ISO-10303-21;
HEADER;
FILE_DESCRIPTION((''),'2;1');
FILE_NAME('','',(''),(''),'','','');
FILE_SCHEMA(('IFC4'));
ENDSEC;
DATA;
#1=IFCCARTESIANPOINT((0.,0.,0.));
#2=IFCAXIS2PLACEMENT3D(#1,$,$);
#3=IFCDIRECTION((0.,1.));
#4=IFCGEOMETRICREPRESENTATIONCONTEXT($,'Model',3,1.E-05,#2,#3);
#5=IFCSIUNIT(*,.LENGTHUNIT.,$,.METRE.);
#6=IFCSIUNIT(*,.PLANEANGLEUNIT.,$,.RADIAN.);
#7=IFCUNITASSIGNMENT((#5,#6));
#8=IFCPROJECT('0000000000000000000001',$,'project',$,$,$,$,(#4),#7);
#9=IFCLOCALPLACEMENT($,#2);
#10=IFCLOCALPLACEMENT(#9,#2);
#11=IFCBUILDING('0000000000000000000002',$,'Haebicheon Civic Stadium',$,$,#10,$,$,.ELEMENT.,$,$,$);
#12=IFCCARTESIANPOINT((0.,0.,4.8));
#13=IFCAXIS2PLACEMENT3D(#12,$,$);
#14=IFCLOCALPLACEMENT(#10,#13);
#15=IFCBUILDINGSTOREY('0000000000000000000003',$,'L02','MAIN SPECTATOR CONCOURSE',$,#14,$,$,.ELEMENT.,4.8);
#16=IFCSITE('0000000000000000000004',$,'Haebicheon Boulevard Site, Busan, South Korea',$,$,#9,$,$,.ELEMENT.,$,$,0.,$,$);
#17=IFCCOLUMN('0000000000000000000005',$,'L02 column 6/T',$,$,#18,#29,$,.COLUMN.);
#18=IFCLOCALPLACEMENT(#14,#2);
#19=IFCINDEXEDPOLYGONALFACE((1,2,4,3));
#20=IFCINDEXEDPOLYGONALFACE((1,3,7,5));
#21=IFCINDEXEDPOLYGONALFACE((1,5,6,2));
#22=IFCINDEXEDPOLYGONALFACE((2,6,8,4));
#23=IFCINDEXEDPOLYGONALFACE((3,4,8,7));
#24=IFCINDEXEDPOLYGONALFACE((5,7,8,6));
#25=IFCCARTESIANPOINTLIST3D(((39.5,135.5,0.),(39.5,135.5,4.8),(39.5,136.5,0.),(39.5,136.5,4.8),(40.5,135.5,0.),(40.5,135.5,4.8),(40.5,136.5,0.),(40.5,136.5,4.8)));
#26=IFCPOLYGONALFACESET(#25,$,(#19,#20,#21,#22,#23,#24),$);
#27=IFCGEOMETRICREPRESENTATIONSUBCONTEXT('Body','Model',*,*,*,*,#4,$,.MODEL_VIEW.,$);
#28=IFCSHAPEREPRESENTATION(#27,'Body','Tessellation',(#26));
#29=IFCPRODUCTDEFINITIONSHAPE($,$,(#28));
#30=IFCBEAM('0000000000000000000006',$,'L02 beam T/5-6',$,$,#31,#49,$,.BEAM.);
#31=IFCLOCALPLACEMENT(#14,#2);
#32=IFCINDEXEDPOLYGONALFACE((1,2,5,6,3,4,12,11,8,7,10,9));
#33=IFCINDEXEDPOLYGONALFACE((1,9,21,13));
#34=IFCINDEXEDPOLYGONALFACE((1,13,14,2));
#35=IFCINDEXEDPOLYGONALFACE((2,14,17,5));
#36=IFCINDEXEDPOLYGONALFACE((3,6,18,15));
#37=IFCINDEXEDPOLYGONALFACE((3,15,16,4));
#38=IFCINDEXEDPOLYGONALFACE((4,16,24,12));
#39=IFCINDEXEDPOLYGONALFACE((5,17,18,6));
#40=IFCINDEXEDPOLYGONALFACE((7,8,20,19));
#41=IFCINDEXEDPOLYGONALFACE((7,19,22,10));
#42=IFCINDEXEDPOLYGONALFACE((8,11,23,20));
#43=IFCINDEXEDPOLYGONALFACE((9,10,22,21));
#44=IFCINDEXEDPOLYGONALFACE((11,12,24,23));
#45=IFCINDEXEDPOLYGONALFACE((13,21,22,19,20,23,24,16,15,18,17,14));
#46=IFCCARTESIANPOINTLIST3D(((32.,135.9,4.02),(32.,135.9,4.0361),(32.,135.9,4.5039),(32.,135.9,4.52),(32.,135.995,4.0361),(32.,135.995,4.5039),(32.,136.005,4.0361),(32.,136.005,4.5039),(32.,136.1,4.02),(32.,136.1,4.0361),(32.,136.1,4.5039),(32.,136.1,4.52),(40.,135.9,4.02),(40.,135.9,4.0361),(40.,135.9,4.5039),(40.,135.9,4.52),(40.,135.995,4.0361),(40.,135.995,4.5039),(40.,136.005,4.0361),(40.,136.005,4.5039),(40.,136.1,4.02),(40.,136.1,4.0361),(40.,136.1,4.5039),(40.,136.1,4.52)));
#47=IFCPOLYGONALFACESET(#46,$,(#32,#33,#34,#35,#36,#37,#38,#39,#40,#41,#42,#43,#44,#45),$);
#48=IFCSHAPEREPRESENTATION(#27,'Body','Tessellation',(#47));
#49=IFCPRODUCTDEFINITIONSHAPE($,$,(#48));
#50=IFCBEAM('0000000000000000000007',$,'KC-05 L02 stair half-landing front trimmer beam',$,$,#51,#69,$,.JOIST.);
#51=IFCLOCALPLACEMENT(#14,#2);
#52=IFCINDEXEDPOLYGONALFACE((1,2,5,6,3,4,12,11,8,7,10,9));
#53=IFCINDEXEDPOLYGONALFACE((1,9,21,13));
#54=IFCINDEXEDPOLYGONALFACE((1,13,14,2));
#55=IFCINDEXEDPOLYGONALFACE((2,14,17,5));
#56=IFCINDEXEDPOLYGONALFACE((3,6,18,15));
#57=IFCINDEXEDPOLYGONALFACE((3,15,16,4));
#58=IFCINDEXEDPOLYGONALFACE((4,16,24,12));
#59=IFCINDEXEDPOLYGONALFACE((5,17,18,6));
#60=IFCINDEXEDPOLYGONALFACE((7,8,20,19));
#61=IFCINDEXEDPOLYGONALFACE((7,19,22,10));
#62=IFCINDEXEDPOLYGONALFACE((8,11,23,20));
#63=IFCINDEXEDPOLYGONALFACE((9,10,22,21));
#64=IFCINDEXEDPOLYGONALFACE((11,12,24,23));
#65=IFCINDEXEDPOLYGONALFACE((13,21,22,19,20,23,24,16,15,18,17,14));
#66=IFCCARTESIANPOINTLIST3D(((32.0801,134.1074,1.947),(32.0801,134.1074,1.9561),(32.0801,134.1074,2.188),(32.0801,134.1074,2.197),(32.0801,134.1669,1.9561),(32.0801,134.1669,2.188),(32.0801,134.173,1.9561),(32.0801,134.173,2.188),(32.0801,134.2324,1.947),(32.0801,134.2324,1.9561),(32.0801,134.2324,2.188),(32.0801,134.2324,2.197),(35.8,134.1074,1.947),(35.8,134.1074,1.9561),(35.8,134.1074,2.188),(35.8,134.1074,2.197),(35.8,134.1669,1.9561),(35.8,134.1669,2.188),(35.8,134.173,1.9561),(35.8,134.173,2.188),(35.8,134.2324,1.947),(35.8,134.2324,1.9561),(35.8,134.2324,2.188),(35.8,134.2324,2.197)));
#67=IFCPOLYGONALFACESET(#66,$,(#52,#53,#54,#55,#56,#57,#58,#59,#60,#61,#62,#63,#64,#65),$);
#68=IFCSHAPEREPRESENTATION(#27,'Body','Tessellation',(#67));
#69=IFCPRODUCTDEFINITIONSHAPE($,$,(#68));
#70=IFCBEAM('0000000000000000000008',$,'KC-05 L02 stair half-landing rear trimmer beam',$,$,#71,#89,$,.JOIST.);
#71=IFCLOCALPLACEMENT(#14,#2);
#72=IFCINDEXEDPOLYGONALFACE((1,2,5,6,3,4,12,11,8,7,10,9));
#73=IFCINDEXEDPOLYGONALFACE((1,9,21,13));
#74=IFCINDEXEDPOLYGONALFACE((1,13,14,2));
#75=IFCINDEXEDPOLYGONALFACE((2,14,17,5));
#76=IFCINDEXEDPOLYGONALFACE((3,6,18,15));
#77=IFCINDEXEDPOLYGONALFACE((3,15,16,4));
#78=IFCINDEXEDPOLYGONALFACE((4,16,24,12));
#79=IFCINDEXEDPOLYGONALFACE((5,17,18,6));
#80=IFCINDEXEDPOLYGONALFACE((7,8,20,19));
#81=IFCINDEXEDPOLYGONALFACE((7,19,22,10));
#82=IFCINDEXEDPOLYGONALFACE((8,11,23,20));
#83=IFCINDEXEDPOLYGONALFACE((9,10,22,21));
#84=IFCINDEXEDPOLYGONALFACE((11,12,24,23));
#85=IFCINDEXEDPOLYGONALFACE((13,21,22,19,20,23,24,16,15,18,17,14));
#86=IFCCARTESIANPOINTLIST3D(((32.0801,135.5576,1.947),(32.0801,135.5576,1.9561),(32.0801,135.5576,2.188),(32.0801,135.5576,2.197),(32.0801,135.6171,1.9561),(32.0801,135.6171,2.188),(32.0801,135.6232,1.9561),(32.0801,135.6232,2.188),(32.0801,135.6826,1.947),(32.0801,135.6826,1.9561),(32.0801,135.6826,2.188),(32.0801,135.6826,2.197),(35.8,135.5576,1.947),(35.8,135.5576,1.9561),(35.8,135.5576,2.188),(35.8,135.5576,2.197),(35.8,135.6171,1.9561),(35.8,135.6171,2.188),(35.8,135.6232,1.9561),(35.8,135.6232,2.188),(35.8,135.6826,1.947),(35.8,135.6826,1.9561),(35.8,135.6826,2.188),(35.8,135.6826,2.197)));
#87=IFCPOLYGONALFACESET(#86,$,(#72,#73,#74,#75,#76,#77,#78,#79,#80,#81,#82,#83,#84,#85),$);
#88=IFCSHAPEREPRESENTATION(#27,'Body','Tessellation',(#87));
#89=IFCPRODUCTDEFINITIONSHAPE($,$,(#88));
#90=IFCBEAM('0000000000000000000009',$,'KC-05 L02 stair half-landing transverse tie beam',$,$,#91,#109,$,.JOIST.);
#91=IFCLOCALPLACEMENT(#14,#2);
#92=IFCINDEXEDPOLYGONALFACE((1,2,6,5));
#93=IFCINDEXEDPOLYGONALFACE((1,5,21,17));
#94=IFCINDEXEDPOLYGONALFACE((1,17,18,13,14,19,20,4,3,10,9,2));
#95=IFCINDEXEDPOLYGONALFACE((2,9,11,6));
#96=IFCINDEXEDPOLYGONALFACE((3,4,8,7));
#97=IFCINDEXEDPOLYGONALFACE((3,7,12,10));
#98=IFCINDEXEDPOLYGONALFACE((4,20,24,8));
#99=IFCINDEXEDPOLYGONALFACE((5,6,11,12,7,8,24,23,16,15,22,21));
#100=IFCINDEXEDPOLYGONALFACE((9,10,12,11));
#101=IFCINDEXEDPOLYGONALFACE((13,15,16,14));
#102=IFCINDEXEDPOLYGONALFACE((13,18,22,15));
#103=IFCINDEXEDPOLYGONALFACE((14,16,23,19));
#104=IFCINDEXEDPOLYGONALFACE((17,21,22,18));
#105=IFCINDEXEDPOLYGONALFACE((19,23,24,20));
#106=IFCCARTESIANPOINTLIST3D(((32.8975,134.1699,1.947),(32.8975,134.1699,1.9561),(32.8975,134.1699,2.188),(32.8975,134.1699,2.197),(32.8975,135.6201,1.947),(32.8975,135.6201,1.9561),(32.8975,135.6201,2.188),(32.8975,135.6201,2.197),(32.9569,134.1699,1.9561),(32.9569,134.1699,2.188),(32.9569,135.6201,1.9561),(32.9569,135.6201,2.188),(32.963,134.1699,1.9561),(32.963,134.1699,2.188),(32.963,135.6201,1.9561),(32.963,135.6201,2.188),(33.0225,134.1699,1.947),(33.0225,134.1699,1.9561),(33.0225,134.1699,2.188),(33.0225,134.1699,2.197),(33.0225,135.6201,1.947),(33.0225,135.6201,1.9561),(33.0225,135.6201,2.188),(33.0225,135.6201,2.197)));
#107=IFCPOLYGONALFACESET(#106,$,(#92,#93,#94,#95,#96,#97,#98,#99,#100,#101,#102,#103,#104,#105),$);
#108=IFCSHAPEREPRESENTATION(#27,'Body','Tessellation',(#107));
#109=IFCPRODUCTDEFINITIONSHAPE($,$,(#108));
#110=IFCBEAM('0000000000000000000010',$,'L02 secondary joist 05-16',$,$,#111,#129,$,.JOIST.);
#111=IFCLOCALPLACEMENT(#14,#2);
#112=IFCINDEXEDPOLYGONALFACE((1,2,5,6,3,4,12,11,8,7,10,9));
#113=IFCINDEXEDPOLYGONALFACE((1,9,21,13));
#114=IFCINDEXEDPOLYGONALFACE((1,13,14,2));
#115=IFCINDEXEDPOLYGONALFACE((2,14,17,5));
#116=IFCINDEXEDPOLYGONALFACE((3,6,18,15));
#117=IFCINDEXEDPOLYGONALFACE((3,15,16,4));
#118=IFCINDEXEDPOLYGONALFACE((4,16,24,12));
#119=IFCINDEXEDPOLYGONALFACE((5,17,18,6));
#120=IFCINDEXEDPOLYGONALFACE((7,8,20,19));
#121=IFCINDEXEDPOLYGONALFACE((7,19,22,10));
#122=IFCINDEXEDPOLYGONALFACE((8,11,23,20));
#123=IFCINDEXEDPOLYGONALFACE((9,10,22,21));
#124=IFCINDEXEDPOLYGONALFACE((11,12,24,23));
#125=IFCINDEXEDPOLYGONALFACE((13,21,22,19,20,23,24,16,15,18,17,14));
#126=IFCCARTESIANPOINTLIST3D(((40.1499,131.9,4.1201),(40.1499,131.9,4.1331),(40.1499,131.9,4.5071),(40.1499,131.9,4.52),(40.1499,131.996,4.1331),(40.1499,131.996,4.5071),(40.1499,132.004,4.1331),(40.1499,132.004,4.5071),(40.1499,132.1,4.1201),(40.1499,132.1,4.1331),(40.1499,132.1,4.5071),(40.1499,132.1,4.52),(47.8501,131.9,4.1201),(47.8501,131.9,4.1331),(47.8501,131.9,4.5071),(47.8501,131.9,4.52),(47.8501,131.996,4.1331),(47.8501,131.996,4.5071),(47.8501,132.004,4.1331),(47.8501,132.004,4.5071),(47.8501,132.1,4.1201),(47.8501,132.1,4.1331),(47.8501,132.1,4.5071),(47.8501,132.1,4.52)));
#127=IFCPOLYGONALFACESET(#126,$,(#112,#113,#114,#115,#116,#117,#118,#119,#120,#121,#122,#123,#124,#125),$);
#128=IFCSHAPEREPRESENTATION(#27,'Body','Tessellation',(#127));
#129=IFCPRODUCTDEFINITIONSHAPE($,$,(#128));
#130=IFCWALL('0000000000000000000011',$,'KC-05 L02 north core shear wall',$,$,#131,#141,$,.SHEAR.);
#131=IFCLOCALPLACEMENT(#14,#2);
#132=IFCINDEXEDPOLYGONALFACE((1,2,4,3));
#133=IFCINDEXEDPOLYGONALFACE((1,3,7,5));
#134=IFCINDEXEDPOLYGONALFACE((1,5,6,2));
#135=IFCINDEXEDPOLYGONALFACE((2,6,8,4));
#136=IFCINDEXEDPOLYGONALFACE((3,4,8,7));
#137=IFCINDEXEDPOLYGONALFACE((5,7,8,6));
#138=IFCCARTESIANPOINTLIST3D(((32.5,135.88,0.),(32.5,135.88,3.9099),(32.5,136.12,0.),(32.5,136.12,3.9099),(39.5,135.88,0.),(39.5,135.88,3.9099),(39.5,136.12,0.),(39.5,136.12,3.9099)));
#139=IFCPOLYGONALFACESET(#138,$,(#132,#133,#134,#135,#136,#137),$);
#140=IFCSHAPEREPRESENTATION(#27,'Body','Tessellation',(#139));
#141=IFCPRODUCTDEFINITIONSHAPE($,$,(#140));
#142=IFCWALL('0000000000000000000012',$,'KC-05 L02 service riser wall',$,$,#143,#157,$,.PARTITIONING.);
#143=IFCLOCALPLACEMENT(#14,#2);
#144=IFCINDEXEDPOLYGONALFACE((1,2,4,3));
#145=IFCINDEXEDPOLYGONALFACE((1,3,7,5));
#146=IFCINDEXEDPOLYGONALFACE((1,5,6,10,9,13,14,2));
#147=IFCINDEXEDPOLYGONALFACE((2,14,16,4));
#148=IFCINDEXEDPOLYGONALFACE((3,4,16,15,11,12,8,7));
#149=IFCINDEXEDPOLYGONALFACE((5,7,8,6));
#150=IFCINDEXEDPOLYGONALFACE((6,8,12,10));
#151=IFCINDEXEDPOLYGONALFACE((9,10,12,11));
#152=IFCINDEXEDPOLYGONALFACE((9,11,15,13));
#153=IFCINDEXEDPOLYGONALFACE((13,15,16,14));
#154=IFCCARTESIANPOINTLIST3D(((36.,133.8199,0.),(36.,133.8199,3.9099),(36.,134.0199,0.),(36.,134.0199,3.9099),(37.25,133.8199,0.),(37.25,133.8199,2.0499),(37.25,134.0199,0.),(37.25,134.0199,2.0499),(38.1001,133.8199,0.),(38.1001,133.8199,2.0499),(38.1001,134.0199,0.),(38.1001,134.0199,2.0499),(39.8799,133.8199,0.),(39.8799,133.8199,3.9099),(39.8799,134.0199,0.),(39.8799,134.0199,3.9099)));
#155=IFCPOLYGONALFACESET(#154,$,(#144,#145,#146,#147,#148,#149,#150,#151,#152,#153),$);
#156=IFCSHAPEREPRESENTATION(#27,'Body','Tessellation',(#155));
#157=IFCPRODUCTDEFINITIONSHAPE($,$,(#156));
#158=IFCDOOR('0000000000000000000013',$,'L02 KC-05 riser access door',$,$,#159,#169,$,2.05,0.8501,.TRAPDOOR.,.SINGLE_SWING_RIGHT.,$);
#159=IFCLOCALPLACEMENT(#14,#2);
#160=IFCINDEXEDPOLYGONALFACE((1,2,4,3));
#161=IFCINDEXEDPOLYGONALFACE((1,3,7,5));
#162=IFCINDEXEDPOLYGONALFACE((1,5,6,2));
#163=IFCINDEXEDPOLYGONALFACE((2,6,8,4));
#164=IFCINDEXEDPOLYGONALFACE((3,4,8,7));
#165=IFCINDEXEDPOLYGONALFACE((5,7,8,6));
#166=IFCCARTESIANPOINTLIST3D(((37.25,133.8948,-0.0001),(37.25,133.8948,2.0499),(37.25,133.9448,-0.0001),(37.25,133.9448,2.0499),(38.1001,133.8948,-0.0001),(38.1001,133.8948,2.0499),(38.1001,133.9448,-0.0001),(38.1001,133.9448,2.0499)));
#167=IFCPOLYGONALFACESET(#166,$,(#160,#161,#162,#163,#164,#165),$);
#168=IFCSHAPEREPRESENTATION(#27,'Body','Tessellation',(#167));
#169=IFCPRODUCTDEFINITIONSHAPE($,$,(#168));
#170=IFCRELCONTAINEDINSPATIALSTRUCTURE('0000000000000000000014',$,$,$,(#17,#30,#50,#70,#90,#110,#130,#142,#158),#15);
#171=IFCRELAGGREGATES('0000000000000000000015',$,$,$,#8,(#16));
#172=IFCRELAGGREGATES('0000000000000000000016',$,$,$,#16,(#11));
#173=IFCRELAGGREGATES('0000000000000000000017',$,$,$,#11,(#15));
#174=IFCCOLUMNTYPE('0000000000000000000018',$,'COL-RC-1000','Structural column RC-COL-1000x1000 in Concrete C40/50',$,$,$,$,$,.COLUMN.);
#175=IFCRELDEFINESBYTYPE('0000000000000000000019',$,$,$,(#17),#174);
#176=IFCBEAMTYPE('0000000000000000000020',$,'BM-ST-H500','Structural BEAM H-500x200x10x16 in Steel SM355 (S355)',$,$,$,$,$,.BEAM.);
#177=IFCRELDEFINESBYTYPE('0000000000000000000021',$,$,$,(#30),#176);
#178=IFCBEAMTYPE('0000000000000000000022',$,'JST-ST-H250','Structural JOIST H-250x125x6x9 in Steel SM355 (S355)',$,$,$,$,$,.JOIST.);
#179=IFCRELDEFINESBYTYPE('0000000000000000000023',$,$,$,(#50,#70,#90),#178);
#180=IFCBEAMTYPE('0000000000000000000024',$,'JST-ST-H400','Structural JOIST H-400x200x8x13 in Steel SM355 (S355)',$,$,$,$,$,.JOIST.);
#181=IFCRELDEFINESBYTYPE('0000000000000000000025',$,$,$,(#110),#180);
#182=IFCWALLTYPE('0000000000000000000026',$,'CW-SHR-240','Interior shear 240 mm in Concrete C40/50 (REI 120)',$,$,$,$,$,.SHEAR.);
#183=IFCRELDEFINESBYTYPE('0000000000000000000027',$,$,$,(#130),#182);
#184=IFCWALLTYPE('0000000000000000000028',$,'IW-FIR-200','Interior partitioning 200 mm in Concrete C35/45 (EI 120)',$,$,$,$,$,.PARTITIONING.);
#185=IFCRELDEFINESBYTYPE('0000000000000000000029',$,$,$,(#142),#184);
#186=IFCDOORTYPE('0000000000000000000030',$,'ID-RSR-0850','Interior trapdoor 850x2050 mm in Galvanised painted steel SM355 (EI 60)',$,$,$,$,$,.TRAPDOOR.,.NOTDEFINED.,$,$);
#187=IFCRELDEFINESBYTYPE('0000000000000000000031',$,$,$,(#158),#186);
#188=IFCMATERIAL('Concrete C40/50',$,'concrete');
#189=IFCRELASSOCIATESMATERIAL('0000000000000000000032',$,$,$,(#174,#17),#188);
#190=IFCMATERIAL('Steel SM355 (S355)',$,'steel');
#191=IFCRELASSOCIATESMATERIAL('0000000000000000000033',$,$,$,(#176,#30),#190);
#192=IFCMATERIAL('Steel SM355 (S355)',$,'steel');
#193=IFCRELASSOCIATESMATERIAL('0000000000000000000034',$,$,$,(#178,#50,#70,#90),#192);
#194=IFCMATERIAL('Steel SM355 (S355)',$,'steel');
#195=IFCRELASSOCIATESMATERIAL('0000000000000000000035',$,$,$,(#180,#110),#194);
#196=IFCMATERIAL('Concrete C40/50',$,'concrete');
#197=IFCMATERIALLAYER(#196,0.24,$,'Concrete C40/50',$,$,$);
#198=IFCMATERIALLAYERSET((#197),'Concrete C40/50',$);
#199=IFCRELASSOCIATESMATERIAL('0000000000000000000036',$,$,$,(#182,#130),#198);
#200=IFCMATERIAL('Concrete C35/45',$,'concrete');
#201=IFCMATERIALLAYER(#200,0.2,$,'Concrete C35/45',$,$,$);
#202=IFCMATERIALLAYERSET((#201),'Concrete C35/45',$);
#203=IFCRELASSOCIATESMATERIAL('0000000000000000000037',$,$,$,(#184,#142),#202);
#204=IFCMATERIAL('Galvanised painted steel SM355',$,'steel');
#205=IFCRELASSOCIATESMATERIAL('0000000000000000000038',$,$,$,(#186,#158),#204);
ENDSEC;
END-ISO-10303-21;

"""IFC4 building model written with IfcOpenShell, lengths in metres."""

from ifc_helpers import new_model, si_unit, direction, frame, frame_2d, origin, origin_2d, place, context, subcontext, project, spatial, rectangle, i_section, extrude, material, layer, layer_set, material_profile, profile_set, type_object, element, fill, save


model = new_model("IFC4")

# Units and contexts
model_context = context("Model", 3, precision=1e-05, world=origin(), true_north=direction((0.0, 1.0)))
body_context = subcontext(model_context, "Body", "Model", "MODEL_VIEW")
ifc_project = project(units=[si_unit("LENGTHUNIT", "METRE"), si_unit("PLANEANGLEUNIT", "RADIAN")], contexts=[model_context])

# Site, building, storey
site_placement = place(None, origin())
site = spatial("IfcSite", under=ifc_project, at=site_placement, Name="Haebicheon Boulevard Site, Busan, South Korea", CompositionType="ELEMENT", RefElevation=0.0)
building_placement = place(site_placement, origin())
building = spatial("IfcBuilding", under=site, at=building_placement, Name="Haebicheon Civic Stadium", CompositionType="ELEMENT")
storey_placement = place(building_placement, frame((0.0, 0.0, 4.8)))
storey = spatial("IfcBuildingStorey", under=building, at=storey_placement, Name="L02", Description="MAIN SPECTATOR CONCOURSE", CompositionType="ELEMENT", Elevation=4.8)

# Column
ifc_material_1 = material(Name="Concrete C40/50", Category="concrete")
ifc_material_profile_1 = material_profile(ifc_material_1, rectangle(XDim=1.0, YDim=1.0, at=origin_2d()), Name="RC-COL-1000x1000")
ifc_profile_set_1 = profile_set([ifc_material_profile_1], Name="Concrete C40/50")
column_type = type_object("IfcColumnType", Name="COL-RC-1000", Description="Structural column RC-COL-1000x1000 in Concrete C40/50", PredefinedType="COLUMN", material=ifc_profile_set_1)
column_placement = place(storey_placement, frame((40.0, 136.0, 0.0), z_axis=(0.0, 0.0, 1.0), x_axis=(1.0, 0.0, 0.0)))
element("IfcColumn", 1, at=column_placement, inside=storey, type_object=column_type, material=ifc_profile_set_1, Name="L02 column 6/T", PredefinedType="COLUMN", context=body_context, shape_type="SweptSolid", body=[
    extrude(rectangle(XDim=1.0, YDim=1.0, at=origin_2d()), origin(), (0.0, 0.0, 1.0), 4.8),
])

# Beams
ifc_material_2 = material(Name="Steel SM355 (S355)", Category="steel")
ifc_material_profile_2 = material_profile(ifc_material_2, i_section(OverallWidth=0.2, OverallDepth=0.5, WebThickness=0.01, FlangeThickness=0.0161, at=origin_2d()), Name="H-500x200x10x16")
ifc_profile_set_2 = profile_set([ifc_material_profile_2], Name="Steel SM355 (S355)")
beam_type_1 = type_object("IfcBeamType", Name="BM-ST-H500", Description="Structural BEAM H-500x200x10x16 in Steel SM355 (S355)", PredefinedType="BEAM", material=ifc_profile_set_2)
beam_1_placement = place(storey_placement, frame((32.0, 136.0, 4.27), z_axis=(1.0, 0.0, 0.0), x_axis=(0.0, 1.0, 0.0)))
element("IfcBeam", 2, at=beam_1_placement, inside=storey, type_object=beam_type_1, material=ifc_profile_set_2, Name="L02 beam T/5-6", PredefinedType="BEAM", context=body_context, shape_type="SweptSolid", body=[
    extrude(i_section(OverallWidth=0.2, OverallDepth=0.5, WebThickness=0.01, FlangeThickness=0.0161, at=origin_2d()), origin(), (0.0, 0.0, 1.0), 8.0),
])
ifc_material_3 = material(Name="Steel SM355 (S355)", Category="steel")
ifc_material_profile_3 = material_profile(ifc_material_3, i_section(OverallWidth=0.125, OverallDepth=0.25, WebThickness=0.0061, FlangeThickness=0.009, at=origin_2d()), Name="H-250x125x6x9")
ifc_profile_set_3 = profile_set([ifc_material_profile_3], Name="Steel SM355 (S355)")
beam_type_2 = type_object("IfcBeamType", Name="JST-ST-H250", Description="Structural JOIST H-250x125x6x9 in Steel SM355 (S355)", PredefinedType="JOIST", material=ifc_profile_set_3)
for number, where, z_axis, x_axis, name in (
    (3, (32.0801, 134.1699, 2.072), (1.0, 0.0, 0.0), (0.0, 1.0, 0.0), "KC-05 L02 stair half-landing front trimmer beam"),
    (4, (32.0801, 135.6201, 2.072), (1.0, 0.0, 0.0), (0.0, 1.0, 0.0), "KC-05 L02 stair half-landing rear trimmer beam"),
):
    element("IfcBeam", number, at=place(storey_placement, frame(where, z_axis=z_axis, x_axis=x_axis)), inside=storey, type_object=beam_type_2, material=ifc_profile_set_3, Name=name, PredefinedType="JOIST", context=body_context, shape_type="SweptSolid", body=[
        extrude(i_section(OverallWidth=0.125, OverallDepth=0.25, WebThickness=0.0061, FlangeThickness=0.009, at=origin_2d()), origin(), (0.0, 0.0, 1.0), 3.72),
    ])
beam_2_placement = place(storey_placement, frame((32.96, 134.1699, 2.072), z_axis=(0.0, 1.0, 0.0), x_axis=(-1.0, 0.0, 0.0)))
element("IfcBeam", 5, at=beam_2_placement, inside=storey, type_object=beam_type_2, material=ifc_profile_set_3, Name="KC-05 L02 stair half-landing transverse tie beam", PredefinedType="JOIST", context=body_context, shape_type="SweptSolid", body=[
    extrude(i_section(OverallWidth=0.125, OverallDepth=0.25, WebThickness=0.0061, FlangeThickness=0.009, at=origin_2d()), origin(), (0.0, 0.0, 1.0), 1.4502),
])
ifc_material_4 = material(Name="Steel SM355 (S355)", Category="steel")
ifc_material_profile_4 = material_profile(ifc_material_4, i_section(OverallWidth=0.2, OverallDepth=0.3999, WebThickness=0.0081, FlangeThickness=0.0129, at=origin_2d()), Name="H-400x200x8x13")
ifc_profile_set_4 = profile_set([ifc_material_profile_4], Name="Steel SM355 (S355)")
beam_type_3 = type_object("IfcBeamType", Name="JST-ST-H400", Description="Structural JOIST H-400x200x8x13 in Steel SM355 (S355)", PredefinedType="JOIST", material=ifc_profile_set_4)
beam_3_placement = place(storey_placement, frame((40.1499, 132.0, 4.3201), z_axis=(1.0, 0.0, 0.0), x_axis=(0.0, 1.0, 0.0)))
element("IfcBeam", 6, at=beam_3_placement, inside=storey, type_object=beam_type_3, material=ifc_profile_set_4, Name="L02 secondary joist 05-16", PredefinedType="JOIST", context=body_context, shape_type="SweptSolid", body=[
    extrude(i_section(OverallWidth=0.2, OverallDepth=0.3999, WebThickness=0.0081, FlangeThickness=0.0129, at=origin_2d()), origin(), (0.0, 0.0, 1.0), 7.7002),
])

# Wall
ifc_material_5 = material(Name="Concrete C40/50", Category="concrete")
ifc_layer_1 = layer(ifc_material_5, 0.24, Name="Concrete C40/50")
ifc_layer_set_1 = layer_set([ifc_layer_1], Name="Concrete C40/50")
wall_type_1 = type_object("IfcWallType", Name="CW-SHR-240", Description="Interior shear 240 mm in Concrete C40/50 (REI 120)", PredefinedType="SHEAR", material=ifc_layer_set_1)
wall_1_placement = place(storey_placement, frame((32.5, 136.0, 0.0), z_axis=(0.0, 0.0, 1.0), x_axis=(1.0, 0.0, 0.0)))
element("IfcWall", 7, at=wall_1_placement, inside=storey, type_object=wall_type_1, material=ifc_layer_set_1, Name="KC-05 L02 north core shear wall", PredefinedType="SHEAR", context=body_context, shape_type="SweptSolid", body=[
    extrude(rectangle(XDim=7.0, YDim=0.24, at=frame_2d((3.5, 0.0))), origin(), (0.0, 0.0, 1.0), 3.9099),
])

# Wall, opening, door
ifc_material_6 = material(Name="Concrete C35/45", Category="concrete")
ifc_layer_2 = layer(ifc_material_6, 0.2, Name="Concrete C35/45")
ifc_layer_set_2 = layer_set([ifc_layer_2], Name="Concrete C35/45")
wall_type_2 = type_object("IfcWallType", Name="IW-FIR-200", Description="Interior partitioning 200 mm in Concrete C35/45 (EI 120)", PredefinedType="PARTITIONING", material=ifc_layer_set_2)
wall_2_placement = place(storey_placement, frame((36.0, 133.9199, 0.0), z_axis=(0.0, 0.0, 1.0), x_axis=(1.0, 0.0, 0.0)))
wall_2 = element("IfcWall", 8, at=wall_2_placement, inside=storey, type_object=wall_type_2, material=ifc_layer_set_2, Name="KC-05 L02 service riser wall", PredefinedType="PARTITIONING", context=body_context, shape_type="SweptSolid", body=[
    extrude(rectangle(XDim=3.8799, YDim=0.2, at=frame_2d((1.9399, 0.0))), origin(), (0.0, 0.0, 1.0), 3.9099),
])
opening_placement = place(wall_2_placement, frame((1.25, 0.0, 0.0)))
opening = element("IfcOpeningElement", 9, at=opening_placement, cuts=wall_2, PredefinedType="OPENING", context=body_context, shape_type="SweptSolid", body=[
    extrude(rectangle(XDim=0.8501, YDim=2.05, at=frame_2d((0.425, 1.0249))), frame((0.0, 0.1099, 0.0), z_axis=(0.0, -1.0, 0.0), x_axis=(1.0, 0.0, 0.0)), (0.0, 0.0, 1.0), 0.22),
])
ifc_material_7 = material(Name="Galvanised painted steel SM355", Category="steel")
door_type = type_object("IfcDoorType", Name="ID-RSR-0850", Description="Interior trapdoor 850x2050 mm in Galvanised painted steel SM355 (EI 60)", OperationType="NOTDEFINED", PredefinedType="TRAPDOOR", material=ifc_material_7)
door_placement = place(opening_placement, origin())
door = element("IfcDoor", 10, at=door_placement, inside=storey, type_object=door_type, material=ifc_material_7, Name="L02 KC-05 riser access door", OperationType="SINGLE_SWING_RIGHT", OverallHeight=2.05, OverallWidth=0.8501, PredefinedType="TRAPDOOR", context=body_context, shape_type="SweptSolid", body=[
    extrude(rectangle(XDim=0.8501, YDim=2.05, at=frame_2d((0.425, 1.0249))), frame((0.0, 0.0249, 0.0), z_axis=(0.0, -1.0, 0.0), x_axis=(1.0, 0.0, 0.0)), (0.0, 0.0, 1.0), 0.05),
])
fill(opening, door)

save(model, "model.ifc")
